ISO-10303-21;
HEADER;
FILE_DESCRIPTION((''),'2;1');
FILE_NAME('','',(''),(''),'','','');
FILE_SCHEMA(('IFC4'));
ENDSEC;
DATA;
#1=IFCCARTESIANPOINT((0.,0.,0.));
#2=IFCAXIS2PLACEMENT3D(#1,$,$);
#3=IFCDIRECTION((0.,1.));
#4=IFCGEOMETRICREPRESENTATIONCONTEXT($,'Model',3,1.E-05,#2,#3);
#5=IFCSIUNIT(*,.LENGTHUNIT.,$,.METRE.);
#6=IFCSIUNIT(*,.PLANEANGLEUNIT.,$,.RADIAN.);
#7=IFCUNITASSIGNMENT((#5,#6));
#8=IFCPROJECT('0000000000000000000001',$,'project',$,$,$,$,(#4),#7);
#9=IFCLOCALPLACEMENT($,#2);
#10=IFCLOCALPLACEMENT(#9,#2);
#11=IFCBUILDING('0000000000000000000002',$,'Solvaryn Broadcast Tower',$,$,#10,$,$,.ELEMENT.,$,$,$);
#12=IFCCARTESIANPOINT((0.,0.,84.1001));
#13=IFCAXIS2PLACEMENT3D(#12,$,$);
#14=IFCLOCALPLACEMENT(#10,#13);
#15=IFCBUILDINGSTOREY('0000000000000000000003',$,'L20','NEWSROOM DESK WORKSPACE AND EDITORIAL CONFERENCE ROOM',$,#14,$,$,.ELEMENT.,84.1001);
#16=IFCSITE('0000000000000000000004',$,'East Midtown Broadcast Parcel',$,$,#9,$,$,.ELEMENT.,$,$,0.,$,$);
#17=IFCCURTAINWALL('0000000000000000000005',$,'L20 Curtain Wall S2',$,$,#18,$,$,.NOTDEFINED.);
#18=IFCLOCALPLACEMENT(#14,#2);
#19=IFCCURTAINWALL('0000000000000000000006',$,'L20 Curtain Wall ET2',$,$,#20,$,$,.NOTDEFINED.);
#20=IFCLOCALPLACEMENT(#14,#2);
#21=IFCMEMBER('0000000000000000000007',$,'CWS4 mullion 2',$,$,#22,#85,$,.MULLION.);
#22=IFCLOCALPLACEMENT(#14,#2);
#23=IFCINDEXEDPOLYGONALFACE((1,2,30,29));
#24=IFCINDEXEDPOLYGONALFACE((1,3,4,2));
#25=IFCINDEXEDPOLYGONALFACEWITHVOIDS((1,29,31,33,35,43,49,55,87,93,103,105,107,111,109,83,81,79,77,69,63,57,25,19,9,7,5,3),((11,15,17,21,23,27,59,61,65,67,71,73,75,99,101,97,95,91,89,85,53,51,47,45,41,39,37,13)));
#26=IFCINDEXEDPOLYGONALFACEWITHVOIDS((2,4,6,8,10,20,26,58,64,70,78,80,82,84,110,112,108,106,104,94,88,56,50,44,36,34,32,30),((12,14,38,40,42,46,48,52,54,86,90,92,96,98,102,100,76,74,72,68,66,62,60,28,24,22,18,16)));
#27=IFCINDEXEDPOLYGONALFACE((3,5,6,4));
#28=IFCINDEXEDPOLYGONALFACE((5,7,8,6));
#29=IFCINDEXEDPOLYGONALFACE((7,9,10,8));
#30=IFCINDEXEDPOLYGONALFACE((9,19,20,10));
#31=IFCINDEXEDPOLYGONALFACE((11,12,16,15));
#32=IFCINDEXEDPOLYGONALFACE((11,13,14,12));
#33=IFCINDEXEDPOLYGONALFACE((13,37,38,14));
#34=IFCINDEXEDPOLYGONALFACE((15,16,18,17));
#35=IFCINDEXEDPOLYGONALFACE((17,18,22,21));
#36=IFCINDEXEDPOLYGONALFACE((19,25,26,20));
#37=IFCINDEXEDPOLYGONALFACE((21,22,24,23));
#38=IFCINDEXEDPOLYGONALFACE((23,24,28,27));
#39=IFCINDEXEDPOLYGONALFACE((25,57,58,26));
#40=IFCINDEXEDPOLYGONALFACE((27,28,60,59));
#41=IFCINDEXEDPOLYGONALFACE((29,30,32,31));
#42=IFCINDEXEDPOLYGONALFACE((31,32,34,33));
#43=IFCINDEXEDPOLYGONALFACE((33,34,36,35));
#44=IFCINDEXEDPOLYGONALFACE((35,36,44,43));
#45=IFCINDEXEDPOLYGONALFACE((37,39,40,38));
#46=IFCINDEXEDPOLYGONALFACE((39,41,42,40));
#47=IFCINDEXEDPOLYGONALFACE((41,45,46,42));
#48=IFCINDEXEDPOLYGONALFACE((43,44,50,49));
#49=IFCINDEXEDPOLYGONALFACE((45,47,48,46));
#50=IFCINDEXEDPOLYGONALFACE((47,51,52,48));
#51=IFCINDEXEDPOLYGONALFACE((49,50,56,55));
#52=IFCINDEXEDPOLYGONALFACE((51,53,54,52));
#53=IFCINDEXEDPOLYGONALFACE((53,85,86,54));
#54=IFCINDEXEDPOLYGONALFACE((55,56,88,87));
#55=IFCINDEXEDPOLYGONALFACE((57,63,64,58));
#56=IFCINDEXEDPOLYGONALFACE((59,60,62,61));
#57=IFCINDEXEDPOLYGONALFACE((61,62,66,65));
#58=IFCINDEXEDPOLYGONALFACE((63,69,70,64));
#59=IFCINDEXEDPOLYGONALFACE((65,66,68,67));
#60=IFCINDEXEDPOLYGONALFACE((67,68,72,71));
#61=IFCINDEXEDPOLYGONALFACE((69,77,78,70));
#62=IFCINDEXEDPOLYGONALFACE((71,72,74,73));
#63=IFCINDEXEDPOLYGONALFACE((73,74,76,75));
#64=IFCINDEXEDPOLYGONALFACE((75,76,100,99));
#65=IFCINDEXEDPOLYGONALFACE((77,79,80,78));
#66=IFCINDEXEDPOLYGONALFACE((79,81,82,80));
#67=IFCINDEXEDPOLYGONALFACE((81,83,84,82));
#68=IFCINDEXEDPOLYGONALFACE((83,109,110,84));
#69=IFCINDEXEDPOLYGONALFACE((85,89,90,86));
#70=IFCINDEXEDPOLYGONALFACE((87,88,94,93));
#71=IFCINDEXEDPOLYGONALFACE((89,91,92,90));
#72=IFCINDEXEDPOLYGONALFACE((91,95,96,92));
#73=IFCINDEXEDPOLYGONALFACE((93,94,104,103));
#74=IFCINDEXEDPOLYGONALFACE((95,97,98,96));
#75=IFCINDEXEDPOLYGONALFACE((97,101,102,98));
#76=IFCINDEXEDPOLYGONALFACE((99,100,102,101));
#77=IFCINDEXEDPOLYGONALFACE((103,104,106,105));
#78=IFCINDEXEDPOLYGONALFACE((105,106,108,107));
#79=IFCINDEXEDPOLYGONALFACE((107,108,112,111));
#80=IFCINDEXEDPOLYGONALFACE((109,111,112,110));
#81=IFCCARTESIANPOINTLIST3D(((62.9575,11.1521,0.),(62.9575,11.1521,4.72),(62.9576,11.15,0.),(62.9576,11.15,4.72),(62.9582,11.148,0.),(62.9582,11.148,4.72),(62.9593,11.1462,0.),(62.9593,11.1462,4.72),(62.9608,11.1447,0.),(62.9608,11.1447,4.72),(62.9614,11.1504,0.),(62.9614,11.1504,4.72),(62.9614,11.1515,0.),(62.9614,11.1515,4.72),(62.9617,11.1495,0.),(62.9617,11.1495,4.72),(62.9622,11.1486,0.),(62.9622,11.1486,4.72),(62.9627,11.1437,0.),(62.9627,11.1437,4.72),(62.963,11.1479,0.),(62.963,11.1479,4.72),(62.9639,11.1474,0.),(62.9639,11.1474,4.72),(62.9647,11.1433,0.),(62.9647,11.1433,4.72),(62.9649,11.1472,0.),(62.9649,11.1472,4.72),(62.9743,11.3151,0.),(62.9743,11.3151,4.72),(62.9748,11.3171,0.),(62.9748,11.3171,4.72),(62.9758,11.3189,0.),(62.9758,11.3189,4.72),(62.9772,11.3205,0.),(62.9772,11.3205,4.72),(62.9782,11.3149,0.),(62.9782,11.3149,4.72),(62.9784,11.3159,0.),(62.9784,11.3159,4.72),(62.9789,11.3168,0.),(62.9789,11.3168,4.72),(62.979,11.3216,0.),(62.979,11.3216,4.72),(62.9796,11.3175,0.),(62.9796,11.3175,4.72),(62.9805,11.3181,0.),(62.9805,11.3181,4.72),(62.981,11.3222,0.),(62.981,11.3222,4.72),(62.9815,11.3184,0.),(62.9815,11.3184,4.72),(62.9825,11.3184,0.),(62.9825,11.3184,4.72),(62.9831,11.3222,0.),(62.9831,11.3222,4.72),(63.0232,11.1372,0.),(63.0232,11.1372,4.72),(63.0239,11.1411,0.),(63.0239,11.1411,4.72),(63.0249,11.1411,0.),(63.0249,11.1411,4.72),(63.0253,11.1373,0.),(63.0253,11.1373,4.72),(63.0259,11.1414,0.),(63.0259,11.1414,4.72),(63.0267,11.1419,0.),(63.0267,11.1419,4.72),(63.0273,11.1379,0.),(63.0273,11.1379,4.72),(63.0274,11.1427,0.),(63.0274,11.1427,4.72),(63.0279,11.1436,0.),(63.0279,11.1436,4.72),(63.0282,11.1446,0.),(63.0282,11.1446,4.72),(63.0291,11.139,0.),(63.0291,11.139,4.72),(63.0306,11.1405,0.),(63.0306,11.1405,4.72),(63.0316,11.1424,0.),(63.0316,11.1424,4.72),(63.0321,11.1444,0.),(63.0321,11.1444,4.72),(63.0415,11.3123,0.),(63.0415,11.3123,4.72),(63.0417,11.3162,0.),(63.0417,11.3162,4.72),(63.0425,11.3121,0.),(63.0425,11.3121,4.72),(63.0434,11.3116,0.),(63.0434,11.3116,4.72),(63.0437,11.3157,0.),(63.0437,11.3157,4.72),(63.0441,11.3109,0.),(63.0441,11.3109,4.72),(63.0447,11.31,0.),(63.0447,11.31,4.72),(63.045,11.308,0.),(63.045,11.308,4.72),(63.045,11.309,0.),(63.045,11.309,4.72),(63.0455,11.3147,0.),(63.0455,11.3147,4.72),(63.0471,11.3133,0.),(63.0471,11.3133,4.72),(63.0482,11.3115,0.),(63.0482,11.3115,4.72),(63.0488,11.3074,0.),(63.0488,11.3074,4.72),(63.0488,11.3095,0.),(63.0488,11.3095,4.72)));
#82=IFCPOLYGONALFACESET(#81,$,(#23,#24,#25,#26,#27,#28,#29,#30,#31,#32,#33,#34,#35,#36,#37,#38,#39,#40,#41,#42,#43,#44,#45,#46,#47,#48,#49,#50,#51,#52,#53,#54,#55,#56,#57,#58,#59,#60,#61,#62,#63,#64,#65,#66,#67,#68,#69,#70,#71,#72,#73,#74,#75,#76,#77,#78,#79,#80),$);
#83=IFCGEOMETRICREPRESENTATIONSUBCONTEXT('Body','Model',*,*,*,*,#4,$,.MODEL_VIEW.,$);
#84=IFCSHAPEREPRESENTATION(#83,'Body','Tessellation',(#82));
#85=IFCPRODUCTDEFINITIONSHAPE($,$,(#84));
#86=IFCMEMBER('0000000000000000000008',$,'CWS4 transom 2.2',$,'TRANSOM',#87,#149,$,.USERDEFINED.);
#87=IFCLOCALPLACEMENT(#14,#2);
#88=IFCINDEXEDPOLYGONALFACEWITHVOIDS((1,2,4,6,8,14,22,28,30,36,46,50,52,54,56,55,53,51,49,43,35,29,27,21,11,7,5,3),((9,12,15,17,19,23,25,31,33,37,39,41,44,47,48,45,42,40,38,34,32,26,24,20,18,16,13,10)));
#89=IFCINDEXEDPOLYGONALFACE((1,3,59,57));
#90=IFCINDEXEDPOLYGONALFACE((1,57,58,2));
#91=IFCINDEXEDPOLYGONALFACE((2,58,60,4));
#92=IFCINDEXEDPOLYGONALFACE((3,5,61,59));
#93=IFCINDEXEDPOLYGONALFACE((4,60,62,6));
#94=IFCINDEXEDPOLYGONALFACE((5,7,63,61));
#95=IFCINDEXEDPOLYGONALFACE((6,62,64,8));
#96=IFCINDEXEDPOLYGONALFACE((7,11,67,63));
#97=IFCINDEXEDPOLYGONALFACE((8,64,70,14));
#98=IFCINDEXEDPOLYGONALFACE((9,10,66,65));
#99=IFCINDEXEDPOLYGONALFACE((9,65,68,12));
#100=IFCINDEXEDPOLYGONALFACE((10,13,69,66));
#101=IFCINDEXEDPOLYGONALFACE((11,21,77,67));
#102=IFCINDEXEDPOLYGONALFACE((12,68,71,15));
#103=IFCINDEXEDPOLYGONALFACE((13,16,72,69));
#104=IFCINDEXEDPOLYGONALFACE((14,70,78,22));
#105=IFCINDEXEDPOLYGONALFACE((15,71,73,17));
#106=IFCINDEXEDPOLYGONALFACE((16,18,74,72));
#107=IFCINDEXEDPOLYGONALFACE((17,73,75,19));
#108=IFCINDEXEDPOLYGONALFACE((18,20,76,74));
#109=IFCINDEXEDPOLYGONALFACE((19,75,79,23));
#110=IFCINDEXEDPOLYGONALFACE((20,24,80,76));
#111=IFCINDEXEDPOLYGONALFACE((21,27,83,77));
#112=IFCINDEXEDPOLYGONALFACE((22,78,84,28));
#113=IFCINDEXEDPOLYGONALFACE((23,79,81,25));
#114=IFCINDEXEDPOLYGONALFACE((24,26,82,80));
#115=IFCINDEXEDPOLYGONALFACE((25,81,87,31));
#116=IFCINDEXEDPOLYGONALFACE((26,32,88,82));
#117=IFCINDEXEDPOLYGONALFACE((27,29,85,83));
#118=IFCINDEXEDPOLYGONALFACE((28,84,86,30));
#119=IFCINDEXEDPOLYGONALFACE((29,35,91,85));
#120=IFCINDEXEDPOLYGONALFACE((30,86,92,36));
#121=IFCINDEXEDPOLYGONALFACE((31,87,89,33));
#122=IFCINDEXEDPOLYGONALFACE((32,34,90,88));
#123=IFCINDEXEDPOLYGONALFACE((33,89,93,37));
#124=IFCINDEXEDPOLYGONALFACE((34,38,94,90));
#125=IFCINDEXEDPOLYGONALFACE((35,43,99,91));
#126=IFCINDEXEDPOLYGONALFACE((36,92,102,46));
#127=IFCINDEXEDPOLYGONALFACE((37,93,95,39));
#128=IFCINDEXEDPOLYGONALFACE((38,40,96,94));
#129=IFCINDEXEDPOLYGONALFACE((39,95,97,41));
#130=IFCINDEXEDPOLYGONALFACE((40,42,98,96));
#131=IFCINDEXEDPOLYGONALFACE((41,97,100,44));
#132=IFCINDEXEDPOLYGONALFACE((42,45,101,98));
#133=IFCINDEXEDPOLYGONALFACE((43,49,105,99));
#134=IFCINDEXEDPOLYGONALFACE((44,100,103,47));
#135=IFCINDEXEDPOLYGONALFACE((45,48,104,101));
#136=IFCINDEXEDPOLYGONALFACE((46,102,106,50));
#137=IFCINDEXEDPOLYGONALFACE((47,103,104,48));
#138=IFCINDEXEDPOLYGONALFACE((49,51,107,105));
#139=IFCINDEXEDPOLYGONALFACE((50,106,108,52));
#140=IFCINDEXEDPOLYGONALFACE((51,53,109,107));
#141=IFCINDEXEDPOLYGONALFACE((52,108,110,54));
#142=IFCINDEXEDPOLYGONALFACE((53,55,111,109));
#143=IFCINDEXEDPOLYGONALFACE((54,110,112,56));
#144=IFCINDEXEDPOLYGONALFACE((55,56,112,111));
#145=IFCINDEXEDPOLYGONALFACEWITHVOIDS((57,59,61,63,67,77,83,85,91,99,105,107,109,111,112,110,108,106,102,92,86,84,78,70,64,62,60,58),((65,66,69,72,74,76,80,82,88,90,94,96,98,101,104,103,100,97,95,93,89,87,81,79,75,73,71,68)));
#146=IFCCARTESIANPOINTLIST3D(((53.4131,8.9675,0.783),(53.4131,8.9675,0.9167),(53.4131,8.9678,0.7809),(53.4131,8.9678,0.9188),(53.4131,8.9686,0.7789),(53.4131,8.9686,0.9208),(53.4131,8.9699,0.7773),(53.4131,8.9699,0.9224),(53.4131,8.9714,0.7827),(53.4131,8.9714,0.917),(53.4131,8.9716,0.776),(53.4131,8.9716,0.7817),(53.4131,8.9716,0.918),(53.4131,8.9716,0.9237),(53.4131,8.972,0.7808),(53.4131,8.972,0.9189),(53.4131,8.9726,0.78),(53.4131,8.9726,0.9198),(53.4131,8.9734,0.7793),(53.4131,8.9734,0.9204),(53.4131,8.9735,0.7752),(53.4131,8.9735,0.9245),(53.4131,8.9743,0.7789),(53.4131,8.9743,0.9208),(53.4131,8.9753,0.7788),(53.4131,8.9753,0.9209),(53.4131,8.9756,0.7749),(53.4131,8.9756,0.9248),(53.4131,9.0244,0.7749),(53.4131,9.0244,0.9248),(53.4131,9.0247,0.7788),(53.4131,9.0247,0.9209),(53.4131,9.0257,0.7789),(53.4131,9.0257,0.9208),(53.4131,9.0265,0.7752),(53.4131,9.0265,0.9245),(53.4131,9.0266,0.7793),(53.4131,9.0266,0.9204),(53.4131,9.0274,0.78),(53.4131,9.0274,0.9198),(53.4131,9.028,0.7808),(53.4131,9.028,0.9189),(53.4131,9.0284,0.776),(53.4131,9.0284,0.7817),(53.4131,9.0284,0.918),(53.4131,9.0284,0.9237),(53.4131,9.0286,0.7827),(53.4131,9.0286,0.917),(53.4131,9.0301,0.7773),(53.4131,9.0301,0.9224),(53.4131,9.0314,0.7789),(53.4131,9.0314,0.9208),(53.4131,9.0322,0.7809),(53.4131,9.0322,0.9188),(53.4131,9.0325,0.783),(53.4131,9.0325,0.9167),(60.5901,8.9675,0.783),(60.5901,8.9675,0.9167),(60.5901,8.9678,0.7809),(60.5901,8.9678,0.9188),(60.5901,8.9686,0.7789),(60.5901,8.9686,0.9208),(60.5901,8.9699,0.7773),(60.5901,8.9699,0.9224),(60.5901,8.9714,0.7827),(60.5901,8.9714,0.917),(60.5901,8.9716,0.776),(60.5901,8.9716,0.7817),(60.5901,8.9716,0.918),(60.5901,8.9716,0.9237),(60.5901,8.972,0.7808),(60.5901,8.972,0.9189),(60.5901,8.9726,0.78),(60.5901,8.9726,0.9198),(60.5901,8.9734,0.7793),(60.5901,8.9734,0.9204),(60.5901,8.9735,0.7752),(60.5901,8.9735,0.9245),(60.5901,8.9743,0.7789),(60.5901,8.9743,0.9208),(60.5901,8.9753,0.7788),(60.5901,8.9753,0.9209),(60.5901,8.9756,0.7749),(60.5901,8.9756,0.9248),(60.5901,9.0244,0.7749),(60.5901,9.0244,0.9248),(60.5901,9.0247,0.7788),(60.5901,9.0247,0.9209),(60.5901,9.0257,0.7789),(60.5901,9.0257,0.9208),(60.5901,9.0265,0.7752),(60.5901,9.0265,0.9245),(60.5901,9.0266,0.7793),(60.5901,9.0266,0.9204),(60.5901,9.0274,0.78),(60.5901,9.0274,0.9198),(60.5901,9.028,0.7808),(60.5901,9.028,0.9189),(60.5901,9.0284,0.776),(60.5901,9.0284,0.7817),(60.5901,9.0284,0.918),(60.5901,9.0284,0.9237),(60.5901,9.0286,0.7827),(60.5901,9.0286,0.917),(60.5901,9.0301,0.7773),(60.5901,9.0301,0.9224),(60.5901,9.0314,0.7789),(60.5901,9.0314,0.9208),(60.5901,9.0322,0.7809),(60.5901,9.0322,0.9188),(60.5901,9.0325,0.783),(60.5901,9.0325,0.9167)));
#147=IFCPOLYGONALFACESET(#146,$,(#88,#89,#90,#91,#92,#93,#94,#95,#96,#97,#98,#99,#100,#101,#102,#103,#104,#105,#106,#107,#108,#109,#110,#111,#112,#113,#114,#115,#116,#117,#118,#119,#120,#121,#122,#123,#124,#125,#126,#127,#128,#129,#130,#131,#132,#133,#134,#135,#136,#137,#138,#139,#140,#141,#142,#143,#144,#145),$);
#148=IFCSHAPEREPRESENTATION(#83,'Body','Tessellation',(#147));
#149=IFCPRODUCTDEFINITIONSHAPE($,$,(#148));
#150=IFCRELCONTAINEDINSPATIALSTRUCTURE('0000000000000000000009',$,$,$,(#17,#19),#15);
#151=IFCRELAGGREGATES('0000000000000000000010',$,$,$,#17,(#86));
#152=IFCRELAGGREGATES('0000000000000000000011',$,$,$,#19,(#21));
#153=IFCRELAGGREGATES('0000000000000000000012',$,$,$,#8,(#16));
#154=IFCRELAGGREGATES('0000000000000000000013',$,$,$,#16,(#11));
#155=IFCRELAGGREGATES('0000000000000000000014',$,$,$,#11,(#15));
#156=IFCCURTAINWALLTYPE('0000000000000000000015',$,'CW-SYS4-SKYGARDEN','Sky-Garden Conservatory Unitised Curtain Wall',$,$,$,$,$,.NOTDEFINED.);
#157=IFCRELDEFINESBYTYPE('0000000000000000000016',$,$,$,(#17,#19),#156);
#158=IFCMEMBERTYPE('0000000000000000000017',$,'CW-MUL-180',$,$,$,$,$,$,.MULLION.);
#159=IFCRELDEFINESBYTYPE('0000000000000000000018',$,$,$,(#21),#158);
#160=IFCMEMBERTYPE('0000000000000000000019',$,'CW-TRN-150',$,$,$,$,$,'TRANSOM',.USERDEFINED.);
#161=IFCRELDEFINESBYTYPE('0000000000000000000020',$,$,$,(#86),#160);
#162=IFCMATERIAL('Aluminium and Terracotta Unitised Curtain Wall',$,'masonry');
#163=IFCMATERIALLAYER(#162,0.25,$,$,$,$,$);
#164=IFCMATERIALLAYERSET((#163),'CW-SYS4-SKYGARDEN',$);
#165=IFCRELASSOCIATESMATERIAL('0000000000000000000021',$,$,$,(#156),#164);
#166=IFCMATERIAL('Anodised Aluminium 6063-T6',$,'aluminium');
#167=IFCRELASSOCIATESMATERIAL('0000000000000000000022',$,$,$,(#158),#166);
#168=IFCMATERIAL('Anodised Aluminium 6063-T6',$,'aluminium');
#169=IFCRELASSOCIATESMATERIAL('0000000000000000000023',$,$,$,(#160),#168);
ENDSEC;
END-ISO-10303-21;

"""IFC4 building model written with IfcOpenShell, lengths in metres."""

from ifc_helpers import new_model, si_unit, direction, frame, origin, origin_2d, place, context, subcontext, project, spatial, hollow_rectangle, extrude, material, layer, layer_set, material_profile, profile_set, type_object, element, aggregate, save


model = new_model("IFC4")

# Units and contexts
model_context = context("Model", 3, precision=1e-05, world=origin(), true_north=direction((0.0, 1.0)))
body_context = subcontext(model_context, "Body", "Model", "MODEL_VIEW")
ifc_project = project(units=[si_unit("LENGTHUNIT", "METRE"), si_unit("PLANEANGLEUNIT", "RADIAN")], contexts=[model_context])

# Site, building, storey
site_placement = place(None, origin())
site = spatial("IfcSite", under=ifc_project, at=site_placement, Name="East Midtown Broadcast Parcel", CompositionType="ELEMENT", RefElevation=0.0)
building_placement = place(site_placement, origin())
building = spatial("IfcBuilding", under=site, at=building_placement, Name="Solvaryn Broadcast Tower", CompositionType="ELEMENT")
storey_placement = place(building_placement, frame((0.0, 0.0, 84.1001)))
storey = spatial("IfcBuildingStorey", under=building, at=storey_placement, Name="L20", Description="NEWSROOM DESK WORKSPACE AND EDITORIAL CONFERENCE ROOM", CompositionType="ELEMENT", Elevation=84.1001)

# Curtain wall
ifc_material_1 = material(Name="Aluminium and Terracotta Unitised Curtain Wall", Category="masonry")
ifc_layer_1 = layer(ifc_material_1, 0.25)
ifc_layer_set_1 = layer_set([ifc_layer_1], Name="CW-SYS4-SKYGARDEN")
curtain_wall_type = type_object("IfcCurtainWallType", Name="CW-SYS4-SKYGARDEN", Description="Sky-Garden Conservatory Unitised Curtain Wall", PredefinedType="NOTDEFINED", material=ifc_layer_set_1)
curtain_wall_1_placement = place(storey_placement, origin())
curtain_wall_1 = element("IfcCurtainWall", 1, at=curtain_wall_1_placement, inside=storey, type_object=curtain_wall_type, Name="L20 Curtain Wall S2", PredefinedType="NOTDEFINED")
ifc_material_2 = material(Name="Anodised Aluminium 6063-T6", Category="aluminium")
ifc_material_profile_1 = material_profile(ifc_material_2, hollow_rectangle(XDim=0.075, YDim=0.1799, WallThickness=0.0039, InnerFilletRadius=0.0039, OuterFilletRadius=0.0081, at=origin_2d()))
ifc_profile_set_1 = profile_set([ifc_material_profile_1], Name="Anodised Aluminium 6063-T6")
member_type_1 = type_object("IfcMemberType", Name="CW-MUL-180", PredefinedType="MULLION", material=ifc_profile_set_1)

# Curtain wall, member
curtain_wall_2_placement = place(storey_placement, origin())
curtain_wall_2 = element("IfcCurtainWall", 2, at=curtain_wall_2_placement, inside=storey, type_object=curtain_wall_type, Name="L20 Curtain Wall ET2", PredefinedType="NOTDEFINED")
member_1_placement = place(storey_placement, frame((63.0032, 11.2297, 0.0), z_axis=(0.0, 0.0, 1.0), x_axis=(0.994743, -0.1024, 0.0)))
member_1 = element("IfcMember", 3, at=member_1_placement, type_object=member_type_1, Name="CWS4 mullion 2", PredefinedType="MULLION", context=body_context, shape_type="SweptSolid", body=[
    extrude(hollow_rectangle(XDim=0.075, YDim=0.1799, WallThickness=0.0039, InnerFilletRadius=0.0039, OuterFilletRadius=0.0081, at=origin_2d()), origin(), (0.0, 0.0, 1.0), 4.72),
])

# Member
ifc_material_3 = material(Name="Anodised Aluminium 6063-T6", Category="aluminium")
ifc_material_profile_2 = material_profile(ifc_material_3, hollow_rectangle(XDim=0.0649, YDim=0.1499, WallThickness=0.0039, InnerFilletRadius=0.0039, OuterFilletRadius=0.0081, at=origin_2d()))
ifc_profile_set_2 = profile_set([ifc_material_profile_2], Name="Anodised Aluminium 6063-T6")
member_type_2 = type_object("IfcMemberType", Name="CW-TRN-150", ElementType="TRANSOM", PredefinedType="USERDEFINED", material=ifc_profile_set_2)
member_2_placement = place(storey_placement, frame((53.4131, 9.0, 0.8499), z_axis=(1.0, 0.0, 0.0), x_axis=(0.0, 1.0, 0.0)))
member_2 = element("IfcMember", 4, at=member_2_placement, type_object=member_type_2, Name="CWS4 transom 2.2", ObjectType="TRANSOM", PredefinedType="USERDEFINED", context=body_context, shape_type="SweptSolid", body=[
    extrude(hollow_rectangle(XDim=0.0649, YDim=0.1499, WallThickness=0.0039, InnerFilletRadius=0.0039, OuterFilletRadius=0.0081, at=origin_2d()), origin(), (0.0, 0.0, 1.0), 7.177),
])

aggregate(curtain_wall_1, [member_2])
aggregate(curtain_wall_2, [member_1])

save(model, "model.ifc")
